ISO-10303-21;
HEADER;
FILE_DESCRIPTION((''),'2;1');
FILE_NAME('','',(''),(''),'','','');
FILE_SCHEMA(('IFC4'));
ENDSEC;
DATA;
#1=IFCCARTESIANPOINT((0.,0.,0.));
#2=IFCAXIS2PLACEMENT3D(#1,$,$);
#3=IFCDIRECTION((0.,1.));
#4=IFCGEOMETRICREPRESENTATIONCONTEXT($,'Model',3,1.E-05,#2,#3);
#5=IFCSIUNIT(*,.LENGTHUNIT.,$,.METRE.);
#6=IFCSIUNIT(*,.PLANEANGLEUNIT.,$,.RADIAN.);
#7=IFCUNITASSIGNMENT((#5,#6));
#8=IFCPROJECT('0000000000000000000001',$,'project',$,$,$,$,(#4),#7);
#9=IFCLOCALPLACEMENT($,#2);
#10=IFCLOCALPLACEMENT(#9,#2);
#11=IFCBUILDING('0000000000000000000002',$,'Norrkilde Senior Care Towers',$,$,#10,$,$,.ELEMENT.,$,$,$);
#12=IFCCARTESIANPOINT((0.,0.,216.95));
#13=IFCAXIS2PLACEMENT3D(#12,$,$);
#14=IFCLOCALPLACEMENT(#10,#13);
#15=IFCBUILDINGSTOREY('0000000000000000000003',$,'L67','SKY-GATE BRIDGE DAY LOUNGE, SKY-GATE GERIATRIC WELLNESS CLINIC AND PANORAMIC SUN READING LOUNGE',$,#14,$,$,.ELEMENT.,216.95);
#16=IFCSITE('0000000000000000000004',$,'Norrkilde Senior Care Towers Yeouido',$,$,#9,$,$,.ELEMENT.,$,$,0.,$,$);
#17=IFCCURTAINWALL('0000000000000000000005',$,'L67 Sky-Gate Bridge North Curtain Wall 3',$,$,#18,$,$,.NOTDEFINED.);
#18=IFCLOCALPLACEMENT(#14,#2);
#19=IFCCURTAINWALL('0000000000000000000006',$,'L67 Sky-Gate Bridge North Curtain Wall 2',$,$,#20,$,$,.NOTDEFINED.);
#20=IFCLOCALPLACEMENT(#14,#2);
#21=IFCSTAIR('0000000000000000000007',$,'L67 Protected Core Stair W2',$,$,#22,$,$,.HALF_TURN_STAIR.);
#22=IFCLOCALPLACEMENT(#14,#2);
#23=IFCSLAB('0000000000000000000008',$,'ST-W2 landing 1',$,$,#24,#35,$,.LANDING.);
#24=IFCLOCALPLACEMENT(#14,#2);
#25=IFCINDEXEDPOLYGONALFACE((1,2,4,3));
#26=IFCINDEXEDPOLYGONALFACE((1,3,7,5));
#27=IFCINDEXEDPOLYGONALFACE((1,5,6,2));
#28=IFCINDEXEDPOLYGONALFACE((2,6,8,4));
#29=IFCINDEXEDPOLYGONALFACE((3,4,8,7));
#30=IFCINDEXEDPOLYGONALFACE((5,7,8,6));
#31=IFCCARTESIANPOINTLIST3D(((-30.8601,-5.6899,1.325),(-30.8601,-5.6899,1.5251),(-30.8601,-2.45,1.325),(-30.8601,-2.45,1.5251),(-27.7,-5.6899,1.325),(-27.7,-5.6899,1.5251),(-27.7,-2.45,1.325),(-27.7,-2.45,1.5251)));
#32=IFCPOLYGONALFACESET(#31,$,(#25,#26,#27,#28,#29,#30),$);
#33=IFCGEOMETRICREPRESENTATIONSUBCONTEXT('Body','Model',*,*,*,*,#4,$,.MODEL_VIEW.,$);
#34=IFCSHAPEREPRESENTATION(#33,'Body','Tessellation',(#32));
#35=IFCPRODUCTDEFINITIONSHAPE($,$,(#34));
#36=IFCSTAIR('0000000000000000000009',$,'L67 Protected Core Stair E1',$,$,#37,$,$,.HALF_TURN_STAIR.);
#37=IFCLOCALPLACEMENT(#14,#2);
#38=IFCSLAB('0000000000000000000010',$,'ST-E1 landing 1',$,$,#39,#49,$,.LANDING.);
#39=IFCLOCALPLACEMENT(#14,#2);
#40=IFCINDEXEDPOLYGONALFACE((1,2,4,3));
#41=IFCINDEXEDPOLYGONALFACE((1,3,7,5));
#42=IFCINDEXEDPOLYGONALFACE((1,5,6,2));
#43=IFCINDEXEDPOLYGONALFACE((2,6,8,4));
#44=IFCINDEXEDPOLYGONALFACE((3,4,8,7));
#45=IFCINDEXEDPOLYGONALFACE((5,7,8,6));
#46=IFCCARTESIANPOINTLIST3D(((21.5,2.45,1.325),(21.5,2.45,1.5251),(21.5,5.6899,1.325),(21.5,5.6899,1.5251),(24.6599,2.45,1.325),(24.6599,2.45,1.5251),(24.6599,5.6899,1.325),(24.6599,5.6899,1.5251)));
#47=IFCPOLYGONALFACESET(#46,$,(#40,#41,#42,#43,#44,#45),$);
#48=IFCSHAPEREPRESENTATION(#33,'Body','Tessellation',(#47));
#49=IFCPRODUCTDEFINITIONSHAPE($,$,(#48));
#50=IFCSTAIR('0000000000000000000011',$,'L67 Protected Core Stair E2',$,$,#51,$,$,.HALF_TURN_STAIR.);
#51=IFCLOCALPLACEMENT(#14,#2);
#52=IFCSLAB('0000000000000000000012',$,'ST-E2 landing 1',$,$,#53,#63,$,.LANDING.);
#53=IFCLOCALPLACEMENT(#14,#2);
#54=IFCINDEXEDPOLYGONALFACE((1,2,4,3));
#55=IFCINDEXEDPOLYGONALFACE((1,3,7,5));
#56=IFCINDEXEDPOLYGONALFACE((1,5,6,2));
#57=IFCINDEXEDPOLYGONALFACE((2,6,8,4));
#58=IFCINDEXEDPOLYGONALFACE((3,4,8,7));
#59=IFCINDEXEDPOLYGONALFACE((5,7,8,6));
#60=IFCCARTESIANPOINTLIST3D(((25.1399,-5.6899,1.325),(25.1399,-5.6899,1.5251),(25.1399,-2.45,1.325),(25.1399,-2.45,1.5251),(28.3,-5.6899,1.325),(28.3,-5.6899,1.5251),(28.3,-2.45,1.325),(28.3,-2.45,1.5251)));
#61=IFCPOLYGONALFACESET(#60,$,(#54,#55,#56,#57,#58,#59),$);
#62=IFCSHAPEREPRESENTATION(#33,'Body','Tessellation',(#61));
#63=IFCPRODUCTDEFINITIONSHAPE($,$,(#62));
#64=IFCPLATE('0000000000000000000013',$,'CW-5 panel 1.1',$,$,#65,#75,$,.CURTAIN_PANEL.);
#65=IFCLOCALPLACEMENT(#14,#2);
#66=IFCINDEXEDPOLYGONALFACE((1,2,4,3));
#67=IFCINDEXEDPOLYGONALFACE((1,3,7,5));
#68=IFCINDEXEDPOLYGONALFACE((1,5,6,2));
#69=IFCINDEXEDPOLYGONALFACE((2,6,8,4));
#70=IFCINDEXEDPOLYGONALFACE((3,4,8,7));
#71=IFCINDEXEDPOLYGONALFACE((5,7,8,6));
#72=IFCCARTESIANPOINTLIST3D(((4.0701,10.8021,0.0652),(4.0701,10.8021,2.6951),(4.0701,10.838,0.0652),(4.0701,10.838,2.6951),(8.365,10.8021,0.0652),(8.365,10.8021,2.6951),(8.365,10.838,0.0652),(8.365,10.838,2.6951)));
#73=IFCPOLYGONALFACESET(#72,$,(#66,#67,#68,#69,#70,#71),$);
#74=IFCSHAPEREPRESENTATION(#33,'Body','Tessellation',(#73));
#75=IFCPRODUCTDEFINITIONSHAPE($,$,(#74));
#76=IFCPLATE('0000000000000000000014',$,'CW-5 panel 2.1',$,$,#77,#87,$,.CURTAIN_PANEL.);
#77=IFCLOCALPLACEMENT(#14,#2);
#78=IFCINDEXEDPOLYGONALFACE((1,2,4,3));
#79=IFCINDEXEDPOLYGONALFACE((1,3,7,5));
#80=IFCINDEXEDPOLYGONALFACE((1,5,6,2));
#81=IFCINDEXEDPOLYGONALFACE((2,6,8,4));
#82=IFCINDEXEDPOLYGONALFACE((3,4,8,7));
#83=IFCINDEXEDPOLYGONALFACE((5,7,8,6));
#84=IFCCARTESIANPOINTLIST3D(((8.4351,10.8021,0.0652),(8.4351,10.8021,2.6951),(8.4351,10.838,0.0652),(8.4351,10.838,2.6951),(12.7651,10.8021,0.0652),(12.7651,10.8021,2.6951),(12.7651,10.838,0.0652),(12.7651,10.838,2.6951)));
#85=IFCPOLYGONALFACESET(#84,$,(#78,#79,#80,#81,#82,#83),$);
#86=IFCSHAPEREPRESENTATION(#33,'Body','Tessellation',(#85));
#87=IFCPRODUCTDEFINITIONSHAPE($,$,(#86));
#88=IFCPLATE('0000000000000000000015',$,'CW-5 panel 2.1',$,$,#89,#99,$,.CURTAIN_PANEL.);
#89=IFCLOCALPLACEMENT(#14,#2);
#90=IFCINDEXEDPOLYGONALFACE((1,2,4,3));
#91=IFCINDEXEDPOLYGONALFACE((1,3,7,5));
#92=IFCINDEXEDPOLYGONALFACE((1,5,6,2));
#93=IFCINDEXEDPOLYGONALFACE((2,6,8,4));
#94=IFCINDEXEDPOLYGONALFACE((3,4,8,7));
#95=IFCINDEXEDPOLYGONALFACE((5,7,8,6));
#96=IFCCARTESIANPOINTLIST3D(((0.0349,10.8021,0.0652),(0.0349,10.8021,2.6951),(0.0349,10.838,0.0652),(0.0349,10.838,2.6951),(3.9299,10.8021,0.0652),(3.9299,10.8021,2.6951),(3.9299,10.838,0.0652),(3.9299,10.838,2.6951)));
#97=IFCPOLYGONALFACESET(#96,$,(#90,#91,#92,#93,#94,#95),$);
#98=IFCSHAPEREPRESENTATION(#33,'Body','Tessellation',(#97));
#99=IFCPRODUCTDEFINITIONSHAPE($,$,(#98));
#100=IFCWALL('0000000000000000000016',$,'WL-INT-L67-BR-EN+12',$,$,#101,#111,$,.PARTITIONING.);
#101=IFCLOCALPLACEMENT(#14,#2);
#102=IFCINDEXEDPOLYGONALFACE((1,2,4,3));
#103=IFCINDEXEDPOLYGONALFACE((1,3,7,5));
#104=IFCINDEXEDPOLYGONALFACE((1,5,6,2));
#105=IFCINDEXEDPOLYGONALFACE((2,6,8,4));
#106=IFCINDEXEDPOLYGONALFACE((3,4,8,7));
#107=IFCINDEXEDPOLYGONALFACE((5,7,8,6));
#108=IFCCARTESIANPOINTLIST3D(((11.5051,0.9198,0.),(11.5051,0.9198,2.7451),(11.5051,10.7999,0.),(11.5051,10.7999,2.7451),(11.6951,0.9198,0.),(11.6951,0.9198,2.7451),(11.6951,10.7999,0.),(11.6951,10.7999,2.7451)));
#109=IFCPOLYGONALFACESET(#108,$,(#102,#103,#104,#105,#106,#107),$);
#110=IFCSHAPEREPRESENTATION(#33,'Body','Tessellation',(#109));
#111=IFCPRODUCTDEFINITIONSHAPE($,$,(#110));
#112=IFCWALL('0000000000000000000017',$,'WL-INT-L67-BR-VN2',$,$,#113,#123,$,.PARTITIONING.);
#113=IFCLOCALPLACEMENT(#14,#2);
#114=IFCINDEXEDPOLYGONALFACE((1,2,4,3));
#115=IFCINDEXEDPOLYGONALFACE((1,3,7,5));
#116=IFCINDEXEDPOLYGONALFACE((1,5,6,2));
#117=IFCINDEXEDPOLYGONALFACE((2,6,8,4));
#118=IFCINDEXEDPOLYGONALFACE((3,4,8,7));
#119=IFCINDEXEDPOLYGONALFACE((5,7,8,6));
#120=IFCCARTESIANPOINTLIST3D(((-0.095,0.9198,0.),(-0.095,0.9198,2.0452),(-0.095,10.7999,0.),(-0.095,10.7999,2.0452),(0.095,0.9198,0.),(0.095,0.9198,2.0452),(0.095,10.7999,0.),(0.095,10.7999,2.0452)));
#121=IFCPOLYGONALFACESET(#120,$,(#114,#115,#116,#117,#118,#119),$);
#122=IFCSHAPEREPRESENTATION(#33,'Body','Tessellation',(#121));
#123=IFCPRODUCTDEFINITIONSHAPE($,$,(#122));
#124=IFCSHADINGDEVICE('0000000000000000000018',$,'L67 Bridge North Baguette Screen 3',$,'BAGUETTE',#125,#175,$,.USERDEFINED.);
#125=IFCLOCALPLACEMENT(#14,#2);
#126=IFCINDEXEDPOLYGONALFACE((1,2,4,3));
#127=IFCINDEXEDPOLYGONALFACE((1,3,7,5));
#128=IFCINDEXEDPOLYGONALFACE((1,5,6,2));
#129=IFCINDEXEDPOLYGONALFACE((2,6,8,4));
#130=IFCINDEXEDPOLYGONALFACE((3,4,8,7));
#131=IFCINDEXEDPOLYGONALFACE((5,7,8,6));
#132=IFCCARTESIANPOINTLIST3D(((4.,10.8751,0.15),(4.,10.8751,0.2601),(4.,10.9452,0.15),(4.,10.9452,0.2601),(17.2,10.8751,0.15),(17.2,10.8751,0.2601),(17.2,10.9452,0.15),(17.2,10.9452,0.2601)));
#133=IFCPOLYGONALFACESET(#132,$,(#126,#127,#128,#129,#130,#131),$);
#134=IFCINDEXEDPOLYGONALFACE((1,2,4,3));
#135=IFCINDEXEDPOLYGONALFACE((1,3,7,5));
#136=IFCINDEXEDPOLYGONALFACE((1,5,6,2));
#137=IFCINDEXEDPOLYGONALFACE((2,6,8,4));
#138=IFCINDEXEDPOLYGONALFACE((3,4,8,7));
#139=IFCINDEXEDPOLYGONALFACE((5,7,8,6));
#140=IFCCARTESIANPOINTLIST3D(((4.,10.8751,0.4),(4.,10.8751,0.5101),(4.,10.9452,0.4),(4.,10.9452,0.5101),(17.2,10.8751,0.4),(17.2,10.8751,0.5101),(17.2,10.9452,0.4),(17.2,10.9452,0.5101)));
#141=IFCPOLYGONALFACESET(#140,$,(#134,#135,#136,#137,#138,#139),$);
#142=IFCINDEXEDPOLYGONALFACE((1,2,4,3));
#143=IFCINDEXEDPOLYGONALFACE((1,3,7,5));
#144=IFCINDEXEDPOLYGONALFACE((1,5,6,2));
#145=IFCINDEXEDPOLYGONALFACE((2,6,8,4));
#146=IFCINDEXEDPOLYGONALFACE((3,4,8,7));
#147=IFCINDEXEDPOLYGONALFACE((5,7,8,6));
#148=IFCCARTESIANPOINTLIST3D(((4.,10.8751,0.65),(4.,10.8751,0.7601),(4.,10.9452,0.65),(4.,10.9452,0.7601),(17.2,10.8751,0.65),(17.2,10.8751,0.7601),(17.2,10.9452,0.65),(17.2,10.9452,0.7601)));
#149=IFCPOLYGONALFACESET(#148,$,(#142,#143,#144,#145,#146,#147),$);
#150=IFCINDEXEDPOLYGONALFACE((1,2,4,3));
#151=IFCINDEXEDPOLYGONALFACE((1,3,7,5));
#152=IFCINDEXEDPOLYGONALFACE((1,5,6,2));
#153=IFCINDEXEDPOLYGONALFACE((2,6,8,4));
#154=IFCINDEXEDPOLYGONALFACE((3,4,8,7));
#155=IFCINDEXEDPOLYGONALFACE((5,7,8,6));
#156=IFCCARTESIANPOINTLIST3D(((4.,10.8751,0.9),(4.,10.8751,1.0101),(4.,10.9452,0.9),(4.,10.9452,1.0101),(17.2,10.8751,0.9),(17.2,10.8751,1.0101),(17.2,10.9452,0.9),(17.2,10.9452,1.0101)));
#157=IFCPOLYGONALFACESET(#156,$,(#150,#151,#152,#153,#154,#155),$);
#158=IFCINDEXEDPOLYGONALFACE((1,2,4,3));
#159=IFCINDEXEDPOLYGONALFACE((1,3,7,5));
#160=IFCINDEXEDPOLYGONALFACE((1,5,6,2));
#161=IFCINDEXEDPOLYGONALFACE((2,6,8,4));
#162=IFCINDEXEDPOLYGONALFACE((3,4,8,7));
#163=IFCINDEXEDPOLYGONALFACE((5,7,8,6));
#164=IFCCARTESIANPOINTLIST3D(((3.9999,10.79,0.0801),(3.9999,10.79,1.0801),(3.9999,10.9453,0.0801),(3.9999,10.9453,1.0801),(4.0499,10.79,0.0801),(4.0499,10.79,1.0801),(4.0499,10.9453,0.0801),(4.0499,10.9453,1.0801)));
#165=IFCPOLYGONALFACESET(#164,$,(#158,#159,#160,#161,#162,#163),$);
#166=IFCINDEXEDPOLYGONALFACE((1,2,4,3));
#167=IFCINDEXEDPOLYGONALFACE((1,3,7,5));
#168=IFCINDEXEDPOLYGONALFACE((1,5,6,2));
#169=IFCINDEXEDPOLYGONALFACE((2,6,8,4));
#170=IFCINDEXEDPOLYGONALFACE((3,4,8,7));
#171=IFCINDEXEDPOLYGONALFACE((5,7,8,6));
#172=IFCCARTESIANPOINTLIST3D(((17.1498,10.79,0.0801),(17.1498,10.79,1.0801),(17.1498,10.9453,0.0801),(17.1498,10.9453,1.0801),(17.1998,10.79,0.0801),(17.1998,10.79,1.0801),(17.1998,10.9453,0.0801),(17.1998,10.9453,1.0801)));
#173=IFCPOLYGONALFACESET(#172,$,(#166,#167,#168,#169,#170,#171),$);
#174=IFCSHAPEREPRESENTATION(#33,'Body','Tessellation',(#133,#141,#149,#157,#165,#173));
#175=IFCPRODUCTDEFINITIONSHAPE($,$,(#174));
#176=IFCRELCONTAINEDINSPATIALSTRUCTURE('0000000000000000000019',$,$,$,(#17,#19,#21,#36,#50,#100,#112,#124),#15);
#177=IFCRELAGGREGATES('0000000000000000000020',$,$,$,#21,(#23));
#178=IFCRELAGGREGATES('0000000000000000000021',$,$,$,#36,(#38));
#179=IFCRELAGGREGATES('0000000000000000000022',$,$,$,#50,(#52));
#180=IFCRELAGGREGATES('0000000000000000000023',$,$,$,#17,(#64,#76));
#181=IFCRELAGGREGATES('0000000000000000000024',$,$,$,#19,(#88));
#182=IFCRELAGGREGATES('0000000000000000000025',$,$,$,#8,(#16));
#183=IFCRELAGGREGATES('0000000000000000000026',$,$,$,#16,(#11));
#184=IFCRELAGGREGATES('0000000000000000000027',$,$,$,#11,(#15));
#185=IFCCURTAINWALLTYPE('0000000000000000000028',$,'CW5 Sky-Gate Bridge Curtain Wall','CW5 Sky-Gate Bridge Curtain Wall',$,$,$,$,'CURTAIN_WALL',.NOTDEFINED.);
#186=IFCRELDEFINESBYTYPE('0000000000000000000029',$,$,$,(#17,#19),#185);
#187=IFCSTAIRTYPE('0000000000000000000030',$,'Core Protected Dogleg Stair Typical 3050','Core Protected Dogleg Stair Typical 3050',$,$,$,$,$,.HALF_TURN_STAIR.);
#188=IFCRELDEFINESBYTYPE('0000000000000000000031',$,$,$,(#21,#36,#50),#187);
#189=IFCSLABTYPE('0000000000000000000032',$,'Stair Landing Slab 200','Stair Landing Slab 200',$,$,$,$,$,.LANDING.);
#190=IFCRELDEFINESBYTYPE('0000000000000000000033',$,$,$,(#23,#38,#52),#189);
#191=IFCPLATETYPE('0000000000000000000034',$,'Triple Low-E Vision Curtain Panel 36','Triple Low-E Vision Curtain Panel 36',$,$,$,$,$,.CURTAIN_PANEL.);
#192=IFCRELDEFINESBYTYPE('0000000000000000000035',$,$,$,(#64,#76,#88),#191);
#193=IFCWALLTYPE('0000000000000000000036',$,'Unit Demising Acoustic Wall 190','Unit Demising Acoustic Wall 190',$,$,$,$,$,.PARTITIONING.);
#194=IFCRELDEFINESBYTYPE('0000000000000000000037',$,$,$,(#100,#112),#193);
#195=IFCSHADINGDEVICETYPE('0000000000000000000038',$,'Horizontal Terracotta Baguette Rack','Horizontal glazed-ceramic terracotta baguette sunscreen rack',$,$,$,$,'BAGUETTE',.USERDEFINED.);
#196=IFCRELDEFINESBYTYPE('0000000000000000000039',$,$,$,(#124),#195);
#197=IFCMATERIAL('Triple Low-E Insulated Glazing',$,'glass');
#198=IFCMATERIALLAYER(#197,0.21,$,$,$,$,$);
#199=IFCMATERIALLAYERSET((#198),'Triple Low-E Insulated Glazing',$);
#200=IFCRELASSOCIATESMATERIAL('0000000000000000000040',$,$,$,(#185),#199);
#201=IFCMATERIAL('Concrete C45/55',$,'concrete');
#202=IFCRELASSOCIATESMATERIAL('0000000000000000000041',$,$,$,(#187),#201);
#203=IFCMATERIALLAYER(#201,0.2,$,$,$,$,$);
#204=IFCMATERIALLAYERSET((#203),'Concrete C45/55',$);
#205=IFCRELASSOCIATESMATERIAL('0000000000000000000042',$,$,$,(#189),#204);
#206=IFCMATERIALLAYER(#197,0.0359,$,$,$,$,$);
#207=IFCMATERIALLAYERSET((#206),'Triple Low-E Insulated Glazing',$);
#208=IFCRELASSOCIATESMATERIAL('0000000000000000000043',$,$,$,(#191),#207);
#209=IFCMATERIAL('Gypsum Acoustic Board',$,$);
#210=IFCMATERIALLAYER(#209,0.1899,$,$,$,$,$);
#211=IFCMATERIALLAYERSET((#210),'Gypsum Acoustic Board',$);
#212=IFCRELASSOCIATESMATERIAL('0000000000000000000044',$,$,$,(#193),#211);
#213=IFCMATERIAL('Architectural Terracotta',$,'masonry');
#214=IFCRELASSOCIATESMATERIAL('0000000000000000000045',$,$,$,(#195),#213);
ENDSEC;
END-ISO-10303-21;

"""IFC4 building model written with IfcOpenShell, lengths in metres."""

from ifc_helpers import new_model, si_unit, direction, frame, frame_2d, origin, origin_2d, place, context, subcontext, project, spatial, polyline, rectangle, outline, extrude, source, transform, mapped, material, layer, layer_set, type_object, type_shapes, element, aggregate, save


model = new_model("IFC4")

# Units and contexts
model_context = context("Model", 3, precision=1e-05, world=origin(), true_north=direction((0.0, 1.0)))
body_context = subcontext(model_context, "Body", "Model", "MODEL_VIEW")
ifc_project = project(units=[si_unit("LENGTHUNIT", "METRE"), si_unit("PLANEANGLEUNIT", "RADIAN")], contexts=[model_context])

# Site, building, storey
site_placement = place(None, origin())
site = spatial("IfcSite", under=ifc_project, at=site_placement, Name="Norrkilde Senior Care Towers Yeouido", CompositionType="ELEMENT", RefElevation=0.0)
building_placement = place(site_placement, origin())
building = spatial("IfcBuilding", under=site, at=building_placement, Name="Norrkilde Senior Care Towers", CompositionType="ELEMENT")
storey_placement = place(building_placement, frame((0.0, 0.0, 216.95)))
storey = spatial("IfcBuildingStorey", under=building, at=storey_placement, Name="L67", Description="SKY-GATE BRIDGE DAY LOUNGE, SKY-GATE GERIATRIC WELLNESS CLINIC AND PANORAMIC SUN READING LOUNGE", CompositionType="ELEMENT", Elevation=216.95)

# Curtain walls
ifc_material_1 = material(Name="Triple Low-E Insulated Glazing", Category="glass")
ifc_layer_1 = layer(ifc_material_1, 0.21)
ifc_layer_set_1 = layer_set([ifc_layer_1], Name="Triple Low-E Insulated Glazing")
curtain_wall_type = type_object("IfcCurtainWallType", Name="CW5 Sky-Gate Bridge Curtain Wall", Description="CW5 Sky-Gate Bridge Curtain Wall", ElementType="CURTAIN_WALL", PredefinedType="NOTDEFINED", material=ifc_layer_set_1)
curtain_wall_1_placement = place(storey_placement, origin())
curtain_wall_1 = element("IfcCurtainWall", 1, at=curtain_wall_1_placement, inside=storey, type_object=curtain_wall_type, Name="L67 Sky-Gate Bridge North Curtain Wall 3", PredefinedType="NOTDEFINED")
curtain_wall_2_placement = place(storey_placement, origin())
curtain_wall_2 = element("IfcCurtainWall", 2, at=curtain_wall_2_placement, inside=storey, type_object=curtain_wall_type, Name="L67 Sky-Gate Bridge North Curtain Wall 2", PredefinedType="NOTDEFINED")

# Stairs, slabs
ifc_material_2 = material(Name="Concrete C45/55", Category="concrete")
stair_type = type_object("IfcStairType", Name="Core Protected Dogleg Stair Typical 3050", Description="Core Protected Dogleg Stair Typical 3050", PredefinedType="HALF_TURN_STAIR", material=ifc_material_2)
ifc_layer_2 = layer(ifc_material_2, 0.2)
ifc_layer_set_2 = layer_set([ifc_layer_2], Name="Concrete C45/55")
slab_type = type_object("IfcSlabType", Name="Stair Landing Slab 200", Description="Stair Landing Slab 200", PredefinedType="LANDING", material=ifc_layer_set_2)
stair_1_placement = place(storey_placement, origin())
stair_1 = element("IfcStair", 3, at=stair_1_placement, inside=storey, type_object=stair_type, Name="L67 Protected Core Stair W2", PredefinedType="HALF_TURN_STAIR")
slab_1_placement = place(storey_placement, frame((0.0, 0.0, 1.325)))
slab_1 = element("IfcSlab", 4, at=slab_1_placement, type_object=slab_type, Name="ST-W2 landing 1", PredefinedType="LANDING", context=body_context, shape_type="SweptSolid", body=[
    extrude(outline(polyline([(-30.8601, -5.6899), (-27.7, -5.6899), (-27.7, -2.45), (-30.8601, -2.45), (-30.8601, -5.6899)])), origin(), (0.0, 0.0, 1.0), 0.2002),
])
aggregate(stair_1, [slab_1])
stair_2_placement = place(storey_placement, origin())
stair_2 = element("IfcStair", 5, at=stair_2_placement, inside=storey, type_object=stair_type, Name="L67 Protected Core Stair E1", PredefinedType="HALF_TURN_STAIR")
slab_2_placement = place(storey_placement, frame((0.0, 0.0, 1.325)))
slab_2 = element("IfcSlab", 6, at=slab_2_placement, type_object=slab_type, Name="ST-E1 landing 1", PredefinedType="LANDING", context=body_context, shape_type="SweptSolid", body=[
    extrude(outline(polyline([(24.6599, 5.6899), (21.5, 5.6899), (21.5, 2.45), (24.6599, 2.45), (24.6599, 5.6899)])), origin(), (0.0, 0.0, 1.0), 0.2002),
])
aggregate(stair_2, [slab_2])
stair_3_placement = place(storey_placement, origin())
stair_3 = element("IfcStair", 7, at=stair_3_placement, inside=storey, type_object=stair_type, Name="L67 Protected Core Stair E2", PredefinedType="HALF_TURN_STAIR")
slab_3_placement = place(storey_placement, frame((0.0, 0.0, 1.325)))
slab_3 = element("IfcSlab", 8, at=slab_3_placement, type_object=slab_type, Name="ST-E2 landing 1", PredefinedType="LANDING", context=body_context, shape_type="SweptSolid", body=[
    extrude(outline(polyline([(25.1399, -5.6899), (28.3, -5.6899), (28.3, -2.45), (25.1399, -2.45), (25.1399, -5.6899)])), origin(), (0.0, 0.0, 1.0), 0.2002),
])
aggregate(stair_3, [slab_3])

# Plates
ifc_layer_3 = layer(ifc_material_1, 0.0359)
ifc_layer_set_3 = layer_set([ifc_layer_3], Name="Triple Low-E Insulated Glazing")
plate_type = type_object("IfcPlateType", Name="Triple Low-E Vision Curtain Panel 36", Description="Triple Low-E Vision Curtain Panel 36", PredefinedType="CURTAIN_PANEL", material=ifc_layer_set_3)
shared_shape_1 = source(origin(), body_context, "Body", "SweptSolid", [
    extrude(rectangle(XDim=4.2949, YDim=0.0359, at=origin_2d()), origin(), (0.0, 0.0, 1.0), 2.6299),
])
plate_1_placement = place(storey_placement, frame((6.2175, 10.8201, 0.0652), z_axis=(0.0, 0.0, 1.0), x_axis=(1.0, 0.0, 0.0)))
plate_1 = element("IfcPlate", 9, at=plate_1_placement, type_object=plate_type, Name="CW-5 panel 1.1", PredefinedType="CURTAIN_PANEL", context=body_context, shape_type="MappedRepresentation", body=[
    mapped(shared_shape_1, transform((0.0, 0.0, 0.0), x_axis=(1.0, 0.0, 0.0), y_axis=(0.0, 1.0, 0.0), z_axis=(0.0, 0.0, 1.0), scale=1.0)),
])
shared_shape_2 = source(origin(), body_context, "Body", "SweptSolid", [
    extrude(rectangle(XDim=4.3301, YDim=0.0359, at=origin_2d()), origin(), (0.0, 0.0, 1.0), 2.6299),
])
plate_2_placement = place(storey_placement, frame((10.6001, 10.8201, 0.0652), z_axis=(0.0, 0.0, 1.0), x_axis=(1.0, 0.0, 0.0)))
plate_2 = element("IfcPlate", 10, at=plate_2_placement, type_object=plate_type, Name="CW-5 panel 2.1", PredefinedType="CURTAIN_PANEL", context=body_context, shape_type="MappedRepresentation", body=[
    mapped(shared_shape_2, transform((0.0, 0.0, 0.0), x_axis=(1.0, 0.0, 0.0), y_axis=(0.0, 1.0, 0.0), z_axis=(0.0, 0.0, 1.0), scale=1.0)),
])
aggregate(curtain_wall_1, [plate_1, plate_2])
shared_shape_3 = source(origin(), body_context, "Body", "SweptSolid", [
    extrude(rectangle(XDim=3.895, YDim=0.0359, at=origin_2d()), origin(), (0.0, 0.0, 1.0), 2.6299),
])
type_shapes(plate_type, [shared_shape_1, shared_shape_2, shared_shape_3])
plate_3_placement = place(storey_placement, frame((1.9824, 10.8201, 0.0652), z_axis=(0.0, 0.0, 1.0), x_axis=(1.0, 0.0, 0.0)))
plate_3 = element("IfcPlate", 11, at=plate_3_placement, type_object=plate_type, Name="CW-5 panel 2.1", PredefinedType="CURTAIN_PANEL", context=body_context, shape_type="MappedRepresentation", body=[
    mapped(shared_shape_3, transform((0.0, 0.0, 0.0), x_axis=(1.0, 0.0, 0.0), y_axis=(0.0, 1.0, 0.0), z_axis=(0.0, 0.0, 1.0), scale=1.0)),
])
aggregate(curtain_wall_2, [plate_3])

# Walls
ifc_material_3 = material(Name="Gypsum Acoustic Board")
ifc_layer_4 = layer(ifc_material_3, 0.1899)
ifc_layer_set_4 = layer_set([ifc_layer_4], Name="Gypsum Acoustic Board")
wall_type = type_object("IfcWallType", Name="Unit Demising Acoustic Wall 190", Description="Unit Demising Acoustic Wall 190", PredefinedType="PARTITIONING", material=ifc_layer_set_4)
shared_shape_4 = source(origin(), body_context, "Body", "SweptSolid", [
    extrude(rectangle(XDim=9.8801, YDim=0.1899, at=frame_2d((4.9399, 0.0))), origin(), (0.0, 0.0, 1.0), 2.7451),
])
wall_1_placement = place(storey_placement, frame((11.6001, 0.9199, 0.0), z_axis=(0.0, 0.0, 1.0), x_axis=(0.0, 1.0, 0.0)))
element("IfcWall", 12, at=wall_1_placement, inside=storey, type_object=wall_type, Name="WL-INT-L67-BR-EN+12", PredefinedType="PARTITIONING", context=body_context, shape_type="MappedRepresentation", body=[
    mapped(shared_shape_4, transform((0.0, 0.0, 0.0), x_axis=(1.0, 0.0, 0.0), y_axis=(0.0, 1.0, 0.0), z_axis=(0.0, 0.0, 1.0), scale=1.0)),
])
shared_shape_5 = source(origin(), body_context, "Body", "SweptSolid", [
    extrude(rectangle(XDim=9.8801, YDim=0.1899, at=frame_2d((4.9399, 0.0))), origin(), (0.0, 0.0, 1.0), 2.0452),
])
type_shapes(wall_type, [shared_shape_4, shared_shape_5])
wall_2_placement = place(storey_placement, frame((0.0, 0.9199, 0.0), z_axis=(0.0, 0.0, 1.0), x_axis=(0.0, 1.0, 0.0)))
element("IfcWall", 13, at=wall_2_placement, inside=storey, type_object=wall_type, Name="WL-INT-L67-BR-VN2", PredefinedType="PARTITIONING", context=body_context, shape_type="MappedRepresentation", body=[
    mapped(shared_shape_5, transform((0.0, 0.0, 0.0), x_axis=(1.0, 0.0, 0.0), y_axis=(0.0, 1.0, 0.0), z_axis=(0.0, 0.0, 1.0), scale=1.0)),
])

# Shading device
ifc_material_4 = material(Name="Architectural Terracotta", Category="masonry")
shading_device_type = type_object("IfcShadingDeviceType", Name="Horizontal Terracotta Baguette Rack", Description="Horizontal glazed-ceramic terracotta baguette sunscreen rack", ElementType="BAGUETTE", PredefinedType="USERDEFINED", material=ifc_material_4)
shared_shape_6 = source(origin(), body_context, "Body", "SweptSolid", [
    extrude(rectangle(XDim=0.0701, YDim=0.1101, at=origin_2d()), frame((0.0, 0.0901, 0.125), z_axis=(1.0, 0.0, 0.0), x_axis=(0.0, 1.0, 0.0)), (0.0, 0.0, 1.0), 13.2),
    extrude(rectangle(XDim=0.0701, YDim=0.1101, at=origin_2d()), frame((0.0, 0.0901, 0.375), z_axis=(1.0, 0.0, 0.0), x_axis=(0.0, 1.0, 0.0)), (0.0, 0.0, 1.0), 13.2),
    extrude(rectangle(XDim=0.0701, YDim=0.1101, at=origin_2d()), frame((0.0, 0.0901, 0.625), z_axis=(1.0, 0.0, 0.0), x_axis=(0.0, 1.0, 0.0)), (0.0, 0.0, 1.0), 13.2),
    extrude(rectangle(XDim=0.0701, YDim=0.1101, at=origin_2d()), frame((0.0, 0.0901, 0.875), z_axis=(1.0, 0.0, 0.0), x_axis=(0.0, 1.0, 0.0)), (0.0, 0.0, 1.0), 13.2),
    extrude(rectangle(XDim=0.05, YDim=0.1553, at=origin_2d()), frame((0.0249, 0.0476, 0.0)), (0.0, 0.0, 1.0), 1.0),
    extrude(rectangle(XDim=0.05, YDim=0.1553, at=origin_2d()), frame((13.1748, 0.0476, 0.0)), (0.0, 0.0, 1.0), 1.0),
])
type_shapes(shading_device_type, [shared_shape_6])
shading_device_placement = place(storey_placement, frame((4.0, 10.8201, 0.0801), z_axis=(0.0, 0.0, 1.0), x_axis=(1.0, 0.0, 0.0)))
element("IfcShadingDevice", 14, at=shading_device_placement, inside=storey, type_object=shading_device_type, Name="L67 Bridge North Baguette Screen 3", ObjectType="BAGUETTE", PredefinedType="USERDEFINED", context=body_context, shape_type="MappedRepresentation", body=[
    mapped(shared_shape_6, transform((0.0, 0.0, 0.0), x_axis=(1.0, 0.0, 0.0), y_axis=(0.0, 1.0, 0.0), z_axis=(0.0, 0.0, 1.0), scale=1.0)),
])

save(model, "model.ifc")
